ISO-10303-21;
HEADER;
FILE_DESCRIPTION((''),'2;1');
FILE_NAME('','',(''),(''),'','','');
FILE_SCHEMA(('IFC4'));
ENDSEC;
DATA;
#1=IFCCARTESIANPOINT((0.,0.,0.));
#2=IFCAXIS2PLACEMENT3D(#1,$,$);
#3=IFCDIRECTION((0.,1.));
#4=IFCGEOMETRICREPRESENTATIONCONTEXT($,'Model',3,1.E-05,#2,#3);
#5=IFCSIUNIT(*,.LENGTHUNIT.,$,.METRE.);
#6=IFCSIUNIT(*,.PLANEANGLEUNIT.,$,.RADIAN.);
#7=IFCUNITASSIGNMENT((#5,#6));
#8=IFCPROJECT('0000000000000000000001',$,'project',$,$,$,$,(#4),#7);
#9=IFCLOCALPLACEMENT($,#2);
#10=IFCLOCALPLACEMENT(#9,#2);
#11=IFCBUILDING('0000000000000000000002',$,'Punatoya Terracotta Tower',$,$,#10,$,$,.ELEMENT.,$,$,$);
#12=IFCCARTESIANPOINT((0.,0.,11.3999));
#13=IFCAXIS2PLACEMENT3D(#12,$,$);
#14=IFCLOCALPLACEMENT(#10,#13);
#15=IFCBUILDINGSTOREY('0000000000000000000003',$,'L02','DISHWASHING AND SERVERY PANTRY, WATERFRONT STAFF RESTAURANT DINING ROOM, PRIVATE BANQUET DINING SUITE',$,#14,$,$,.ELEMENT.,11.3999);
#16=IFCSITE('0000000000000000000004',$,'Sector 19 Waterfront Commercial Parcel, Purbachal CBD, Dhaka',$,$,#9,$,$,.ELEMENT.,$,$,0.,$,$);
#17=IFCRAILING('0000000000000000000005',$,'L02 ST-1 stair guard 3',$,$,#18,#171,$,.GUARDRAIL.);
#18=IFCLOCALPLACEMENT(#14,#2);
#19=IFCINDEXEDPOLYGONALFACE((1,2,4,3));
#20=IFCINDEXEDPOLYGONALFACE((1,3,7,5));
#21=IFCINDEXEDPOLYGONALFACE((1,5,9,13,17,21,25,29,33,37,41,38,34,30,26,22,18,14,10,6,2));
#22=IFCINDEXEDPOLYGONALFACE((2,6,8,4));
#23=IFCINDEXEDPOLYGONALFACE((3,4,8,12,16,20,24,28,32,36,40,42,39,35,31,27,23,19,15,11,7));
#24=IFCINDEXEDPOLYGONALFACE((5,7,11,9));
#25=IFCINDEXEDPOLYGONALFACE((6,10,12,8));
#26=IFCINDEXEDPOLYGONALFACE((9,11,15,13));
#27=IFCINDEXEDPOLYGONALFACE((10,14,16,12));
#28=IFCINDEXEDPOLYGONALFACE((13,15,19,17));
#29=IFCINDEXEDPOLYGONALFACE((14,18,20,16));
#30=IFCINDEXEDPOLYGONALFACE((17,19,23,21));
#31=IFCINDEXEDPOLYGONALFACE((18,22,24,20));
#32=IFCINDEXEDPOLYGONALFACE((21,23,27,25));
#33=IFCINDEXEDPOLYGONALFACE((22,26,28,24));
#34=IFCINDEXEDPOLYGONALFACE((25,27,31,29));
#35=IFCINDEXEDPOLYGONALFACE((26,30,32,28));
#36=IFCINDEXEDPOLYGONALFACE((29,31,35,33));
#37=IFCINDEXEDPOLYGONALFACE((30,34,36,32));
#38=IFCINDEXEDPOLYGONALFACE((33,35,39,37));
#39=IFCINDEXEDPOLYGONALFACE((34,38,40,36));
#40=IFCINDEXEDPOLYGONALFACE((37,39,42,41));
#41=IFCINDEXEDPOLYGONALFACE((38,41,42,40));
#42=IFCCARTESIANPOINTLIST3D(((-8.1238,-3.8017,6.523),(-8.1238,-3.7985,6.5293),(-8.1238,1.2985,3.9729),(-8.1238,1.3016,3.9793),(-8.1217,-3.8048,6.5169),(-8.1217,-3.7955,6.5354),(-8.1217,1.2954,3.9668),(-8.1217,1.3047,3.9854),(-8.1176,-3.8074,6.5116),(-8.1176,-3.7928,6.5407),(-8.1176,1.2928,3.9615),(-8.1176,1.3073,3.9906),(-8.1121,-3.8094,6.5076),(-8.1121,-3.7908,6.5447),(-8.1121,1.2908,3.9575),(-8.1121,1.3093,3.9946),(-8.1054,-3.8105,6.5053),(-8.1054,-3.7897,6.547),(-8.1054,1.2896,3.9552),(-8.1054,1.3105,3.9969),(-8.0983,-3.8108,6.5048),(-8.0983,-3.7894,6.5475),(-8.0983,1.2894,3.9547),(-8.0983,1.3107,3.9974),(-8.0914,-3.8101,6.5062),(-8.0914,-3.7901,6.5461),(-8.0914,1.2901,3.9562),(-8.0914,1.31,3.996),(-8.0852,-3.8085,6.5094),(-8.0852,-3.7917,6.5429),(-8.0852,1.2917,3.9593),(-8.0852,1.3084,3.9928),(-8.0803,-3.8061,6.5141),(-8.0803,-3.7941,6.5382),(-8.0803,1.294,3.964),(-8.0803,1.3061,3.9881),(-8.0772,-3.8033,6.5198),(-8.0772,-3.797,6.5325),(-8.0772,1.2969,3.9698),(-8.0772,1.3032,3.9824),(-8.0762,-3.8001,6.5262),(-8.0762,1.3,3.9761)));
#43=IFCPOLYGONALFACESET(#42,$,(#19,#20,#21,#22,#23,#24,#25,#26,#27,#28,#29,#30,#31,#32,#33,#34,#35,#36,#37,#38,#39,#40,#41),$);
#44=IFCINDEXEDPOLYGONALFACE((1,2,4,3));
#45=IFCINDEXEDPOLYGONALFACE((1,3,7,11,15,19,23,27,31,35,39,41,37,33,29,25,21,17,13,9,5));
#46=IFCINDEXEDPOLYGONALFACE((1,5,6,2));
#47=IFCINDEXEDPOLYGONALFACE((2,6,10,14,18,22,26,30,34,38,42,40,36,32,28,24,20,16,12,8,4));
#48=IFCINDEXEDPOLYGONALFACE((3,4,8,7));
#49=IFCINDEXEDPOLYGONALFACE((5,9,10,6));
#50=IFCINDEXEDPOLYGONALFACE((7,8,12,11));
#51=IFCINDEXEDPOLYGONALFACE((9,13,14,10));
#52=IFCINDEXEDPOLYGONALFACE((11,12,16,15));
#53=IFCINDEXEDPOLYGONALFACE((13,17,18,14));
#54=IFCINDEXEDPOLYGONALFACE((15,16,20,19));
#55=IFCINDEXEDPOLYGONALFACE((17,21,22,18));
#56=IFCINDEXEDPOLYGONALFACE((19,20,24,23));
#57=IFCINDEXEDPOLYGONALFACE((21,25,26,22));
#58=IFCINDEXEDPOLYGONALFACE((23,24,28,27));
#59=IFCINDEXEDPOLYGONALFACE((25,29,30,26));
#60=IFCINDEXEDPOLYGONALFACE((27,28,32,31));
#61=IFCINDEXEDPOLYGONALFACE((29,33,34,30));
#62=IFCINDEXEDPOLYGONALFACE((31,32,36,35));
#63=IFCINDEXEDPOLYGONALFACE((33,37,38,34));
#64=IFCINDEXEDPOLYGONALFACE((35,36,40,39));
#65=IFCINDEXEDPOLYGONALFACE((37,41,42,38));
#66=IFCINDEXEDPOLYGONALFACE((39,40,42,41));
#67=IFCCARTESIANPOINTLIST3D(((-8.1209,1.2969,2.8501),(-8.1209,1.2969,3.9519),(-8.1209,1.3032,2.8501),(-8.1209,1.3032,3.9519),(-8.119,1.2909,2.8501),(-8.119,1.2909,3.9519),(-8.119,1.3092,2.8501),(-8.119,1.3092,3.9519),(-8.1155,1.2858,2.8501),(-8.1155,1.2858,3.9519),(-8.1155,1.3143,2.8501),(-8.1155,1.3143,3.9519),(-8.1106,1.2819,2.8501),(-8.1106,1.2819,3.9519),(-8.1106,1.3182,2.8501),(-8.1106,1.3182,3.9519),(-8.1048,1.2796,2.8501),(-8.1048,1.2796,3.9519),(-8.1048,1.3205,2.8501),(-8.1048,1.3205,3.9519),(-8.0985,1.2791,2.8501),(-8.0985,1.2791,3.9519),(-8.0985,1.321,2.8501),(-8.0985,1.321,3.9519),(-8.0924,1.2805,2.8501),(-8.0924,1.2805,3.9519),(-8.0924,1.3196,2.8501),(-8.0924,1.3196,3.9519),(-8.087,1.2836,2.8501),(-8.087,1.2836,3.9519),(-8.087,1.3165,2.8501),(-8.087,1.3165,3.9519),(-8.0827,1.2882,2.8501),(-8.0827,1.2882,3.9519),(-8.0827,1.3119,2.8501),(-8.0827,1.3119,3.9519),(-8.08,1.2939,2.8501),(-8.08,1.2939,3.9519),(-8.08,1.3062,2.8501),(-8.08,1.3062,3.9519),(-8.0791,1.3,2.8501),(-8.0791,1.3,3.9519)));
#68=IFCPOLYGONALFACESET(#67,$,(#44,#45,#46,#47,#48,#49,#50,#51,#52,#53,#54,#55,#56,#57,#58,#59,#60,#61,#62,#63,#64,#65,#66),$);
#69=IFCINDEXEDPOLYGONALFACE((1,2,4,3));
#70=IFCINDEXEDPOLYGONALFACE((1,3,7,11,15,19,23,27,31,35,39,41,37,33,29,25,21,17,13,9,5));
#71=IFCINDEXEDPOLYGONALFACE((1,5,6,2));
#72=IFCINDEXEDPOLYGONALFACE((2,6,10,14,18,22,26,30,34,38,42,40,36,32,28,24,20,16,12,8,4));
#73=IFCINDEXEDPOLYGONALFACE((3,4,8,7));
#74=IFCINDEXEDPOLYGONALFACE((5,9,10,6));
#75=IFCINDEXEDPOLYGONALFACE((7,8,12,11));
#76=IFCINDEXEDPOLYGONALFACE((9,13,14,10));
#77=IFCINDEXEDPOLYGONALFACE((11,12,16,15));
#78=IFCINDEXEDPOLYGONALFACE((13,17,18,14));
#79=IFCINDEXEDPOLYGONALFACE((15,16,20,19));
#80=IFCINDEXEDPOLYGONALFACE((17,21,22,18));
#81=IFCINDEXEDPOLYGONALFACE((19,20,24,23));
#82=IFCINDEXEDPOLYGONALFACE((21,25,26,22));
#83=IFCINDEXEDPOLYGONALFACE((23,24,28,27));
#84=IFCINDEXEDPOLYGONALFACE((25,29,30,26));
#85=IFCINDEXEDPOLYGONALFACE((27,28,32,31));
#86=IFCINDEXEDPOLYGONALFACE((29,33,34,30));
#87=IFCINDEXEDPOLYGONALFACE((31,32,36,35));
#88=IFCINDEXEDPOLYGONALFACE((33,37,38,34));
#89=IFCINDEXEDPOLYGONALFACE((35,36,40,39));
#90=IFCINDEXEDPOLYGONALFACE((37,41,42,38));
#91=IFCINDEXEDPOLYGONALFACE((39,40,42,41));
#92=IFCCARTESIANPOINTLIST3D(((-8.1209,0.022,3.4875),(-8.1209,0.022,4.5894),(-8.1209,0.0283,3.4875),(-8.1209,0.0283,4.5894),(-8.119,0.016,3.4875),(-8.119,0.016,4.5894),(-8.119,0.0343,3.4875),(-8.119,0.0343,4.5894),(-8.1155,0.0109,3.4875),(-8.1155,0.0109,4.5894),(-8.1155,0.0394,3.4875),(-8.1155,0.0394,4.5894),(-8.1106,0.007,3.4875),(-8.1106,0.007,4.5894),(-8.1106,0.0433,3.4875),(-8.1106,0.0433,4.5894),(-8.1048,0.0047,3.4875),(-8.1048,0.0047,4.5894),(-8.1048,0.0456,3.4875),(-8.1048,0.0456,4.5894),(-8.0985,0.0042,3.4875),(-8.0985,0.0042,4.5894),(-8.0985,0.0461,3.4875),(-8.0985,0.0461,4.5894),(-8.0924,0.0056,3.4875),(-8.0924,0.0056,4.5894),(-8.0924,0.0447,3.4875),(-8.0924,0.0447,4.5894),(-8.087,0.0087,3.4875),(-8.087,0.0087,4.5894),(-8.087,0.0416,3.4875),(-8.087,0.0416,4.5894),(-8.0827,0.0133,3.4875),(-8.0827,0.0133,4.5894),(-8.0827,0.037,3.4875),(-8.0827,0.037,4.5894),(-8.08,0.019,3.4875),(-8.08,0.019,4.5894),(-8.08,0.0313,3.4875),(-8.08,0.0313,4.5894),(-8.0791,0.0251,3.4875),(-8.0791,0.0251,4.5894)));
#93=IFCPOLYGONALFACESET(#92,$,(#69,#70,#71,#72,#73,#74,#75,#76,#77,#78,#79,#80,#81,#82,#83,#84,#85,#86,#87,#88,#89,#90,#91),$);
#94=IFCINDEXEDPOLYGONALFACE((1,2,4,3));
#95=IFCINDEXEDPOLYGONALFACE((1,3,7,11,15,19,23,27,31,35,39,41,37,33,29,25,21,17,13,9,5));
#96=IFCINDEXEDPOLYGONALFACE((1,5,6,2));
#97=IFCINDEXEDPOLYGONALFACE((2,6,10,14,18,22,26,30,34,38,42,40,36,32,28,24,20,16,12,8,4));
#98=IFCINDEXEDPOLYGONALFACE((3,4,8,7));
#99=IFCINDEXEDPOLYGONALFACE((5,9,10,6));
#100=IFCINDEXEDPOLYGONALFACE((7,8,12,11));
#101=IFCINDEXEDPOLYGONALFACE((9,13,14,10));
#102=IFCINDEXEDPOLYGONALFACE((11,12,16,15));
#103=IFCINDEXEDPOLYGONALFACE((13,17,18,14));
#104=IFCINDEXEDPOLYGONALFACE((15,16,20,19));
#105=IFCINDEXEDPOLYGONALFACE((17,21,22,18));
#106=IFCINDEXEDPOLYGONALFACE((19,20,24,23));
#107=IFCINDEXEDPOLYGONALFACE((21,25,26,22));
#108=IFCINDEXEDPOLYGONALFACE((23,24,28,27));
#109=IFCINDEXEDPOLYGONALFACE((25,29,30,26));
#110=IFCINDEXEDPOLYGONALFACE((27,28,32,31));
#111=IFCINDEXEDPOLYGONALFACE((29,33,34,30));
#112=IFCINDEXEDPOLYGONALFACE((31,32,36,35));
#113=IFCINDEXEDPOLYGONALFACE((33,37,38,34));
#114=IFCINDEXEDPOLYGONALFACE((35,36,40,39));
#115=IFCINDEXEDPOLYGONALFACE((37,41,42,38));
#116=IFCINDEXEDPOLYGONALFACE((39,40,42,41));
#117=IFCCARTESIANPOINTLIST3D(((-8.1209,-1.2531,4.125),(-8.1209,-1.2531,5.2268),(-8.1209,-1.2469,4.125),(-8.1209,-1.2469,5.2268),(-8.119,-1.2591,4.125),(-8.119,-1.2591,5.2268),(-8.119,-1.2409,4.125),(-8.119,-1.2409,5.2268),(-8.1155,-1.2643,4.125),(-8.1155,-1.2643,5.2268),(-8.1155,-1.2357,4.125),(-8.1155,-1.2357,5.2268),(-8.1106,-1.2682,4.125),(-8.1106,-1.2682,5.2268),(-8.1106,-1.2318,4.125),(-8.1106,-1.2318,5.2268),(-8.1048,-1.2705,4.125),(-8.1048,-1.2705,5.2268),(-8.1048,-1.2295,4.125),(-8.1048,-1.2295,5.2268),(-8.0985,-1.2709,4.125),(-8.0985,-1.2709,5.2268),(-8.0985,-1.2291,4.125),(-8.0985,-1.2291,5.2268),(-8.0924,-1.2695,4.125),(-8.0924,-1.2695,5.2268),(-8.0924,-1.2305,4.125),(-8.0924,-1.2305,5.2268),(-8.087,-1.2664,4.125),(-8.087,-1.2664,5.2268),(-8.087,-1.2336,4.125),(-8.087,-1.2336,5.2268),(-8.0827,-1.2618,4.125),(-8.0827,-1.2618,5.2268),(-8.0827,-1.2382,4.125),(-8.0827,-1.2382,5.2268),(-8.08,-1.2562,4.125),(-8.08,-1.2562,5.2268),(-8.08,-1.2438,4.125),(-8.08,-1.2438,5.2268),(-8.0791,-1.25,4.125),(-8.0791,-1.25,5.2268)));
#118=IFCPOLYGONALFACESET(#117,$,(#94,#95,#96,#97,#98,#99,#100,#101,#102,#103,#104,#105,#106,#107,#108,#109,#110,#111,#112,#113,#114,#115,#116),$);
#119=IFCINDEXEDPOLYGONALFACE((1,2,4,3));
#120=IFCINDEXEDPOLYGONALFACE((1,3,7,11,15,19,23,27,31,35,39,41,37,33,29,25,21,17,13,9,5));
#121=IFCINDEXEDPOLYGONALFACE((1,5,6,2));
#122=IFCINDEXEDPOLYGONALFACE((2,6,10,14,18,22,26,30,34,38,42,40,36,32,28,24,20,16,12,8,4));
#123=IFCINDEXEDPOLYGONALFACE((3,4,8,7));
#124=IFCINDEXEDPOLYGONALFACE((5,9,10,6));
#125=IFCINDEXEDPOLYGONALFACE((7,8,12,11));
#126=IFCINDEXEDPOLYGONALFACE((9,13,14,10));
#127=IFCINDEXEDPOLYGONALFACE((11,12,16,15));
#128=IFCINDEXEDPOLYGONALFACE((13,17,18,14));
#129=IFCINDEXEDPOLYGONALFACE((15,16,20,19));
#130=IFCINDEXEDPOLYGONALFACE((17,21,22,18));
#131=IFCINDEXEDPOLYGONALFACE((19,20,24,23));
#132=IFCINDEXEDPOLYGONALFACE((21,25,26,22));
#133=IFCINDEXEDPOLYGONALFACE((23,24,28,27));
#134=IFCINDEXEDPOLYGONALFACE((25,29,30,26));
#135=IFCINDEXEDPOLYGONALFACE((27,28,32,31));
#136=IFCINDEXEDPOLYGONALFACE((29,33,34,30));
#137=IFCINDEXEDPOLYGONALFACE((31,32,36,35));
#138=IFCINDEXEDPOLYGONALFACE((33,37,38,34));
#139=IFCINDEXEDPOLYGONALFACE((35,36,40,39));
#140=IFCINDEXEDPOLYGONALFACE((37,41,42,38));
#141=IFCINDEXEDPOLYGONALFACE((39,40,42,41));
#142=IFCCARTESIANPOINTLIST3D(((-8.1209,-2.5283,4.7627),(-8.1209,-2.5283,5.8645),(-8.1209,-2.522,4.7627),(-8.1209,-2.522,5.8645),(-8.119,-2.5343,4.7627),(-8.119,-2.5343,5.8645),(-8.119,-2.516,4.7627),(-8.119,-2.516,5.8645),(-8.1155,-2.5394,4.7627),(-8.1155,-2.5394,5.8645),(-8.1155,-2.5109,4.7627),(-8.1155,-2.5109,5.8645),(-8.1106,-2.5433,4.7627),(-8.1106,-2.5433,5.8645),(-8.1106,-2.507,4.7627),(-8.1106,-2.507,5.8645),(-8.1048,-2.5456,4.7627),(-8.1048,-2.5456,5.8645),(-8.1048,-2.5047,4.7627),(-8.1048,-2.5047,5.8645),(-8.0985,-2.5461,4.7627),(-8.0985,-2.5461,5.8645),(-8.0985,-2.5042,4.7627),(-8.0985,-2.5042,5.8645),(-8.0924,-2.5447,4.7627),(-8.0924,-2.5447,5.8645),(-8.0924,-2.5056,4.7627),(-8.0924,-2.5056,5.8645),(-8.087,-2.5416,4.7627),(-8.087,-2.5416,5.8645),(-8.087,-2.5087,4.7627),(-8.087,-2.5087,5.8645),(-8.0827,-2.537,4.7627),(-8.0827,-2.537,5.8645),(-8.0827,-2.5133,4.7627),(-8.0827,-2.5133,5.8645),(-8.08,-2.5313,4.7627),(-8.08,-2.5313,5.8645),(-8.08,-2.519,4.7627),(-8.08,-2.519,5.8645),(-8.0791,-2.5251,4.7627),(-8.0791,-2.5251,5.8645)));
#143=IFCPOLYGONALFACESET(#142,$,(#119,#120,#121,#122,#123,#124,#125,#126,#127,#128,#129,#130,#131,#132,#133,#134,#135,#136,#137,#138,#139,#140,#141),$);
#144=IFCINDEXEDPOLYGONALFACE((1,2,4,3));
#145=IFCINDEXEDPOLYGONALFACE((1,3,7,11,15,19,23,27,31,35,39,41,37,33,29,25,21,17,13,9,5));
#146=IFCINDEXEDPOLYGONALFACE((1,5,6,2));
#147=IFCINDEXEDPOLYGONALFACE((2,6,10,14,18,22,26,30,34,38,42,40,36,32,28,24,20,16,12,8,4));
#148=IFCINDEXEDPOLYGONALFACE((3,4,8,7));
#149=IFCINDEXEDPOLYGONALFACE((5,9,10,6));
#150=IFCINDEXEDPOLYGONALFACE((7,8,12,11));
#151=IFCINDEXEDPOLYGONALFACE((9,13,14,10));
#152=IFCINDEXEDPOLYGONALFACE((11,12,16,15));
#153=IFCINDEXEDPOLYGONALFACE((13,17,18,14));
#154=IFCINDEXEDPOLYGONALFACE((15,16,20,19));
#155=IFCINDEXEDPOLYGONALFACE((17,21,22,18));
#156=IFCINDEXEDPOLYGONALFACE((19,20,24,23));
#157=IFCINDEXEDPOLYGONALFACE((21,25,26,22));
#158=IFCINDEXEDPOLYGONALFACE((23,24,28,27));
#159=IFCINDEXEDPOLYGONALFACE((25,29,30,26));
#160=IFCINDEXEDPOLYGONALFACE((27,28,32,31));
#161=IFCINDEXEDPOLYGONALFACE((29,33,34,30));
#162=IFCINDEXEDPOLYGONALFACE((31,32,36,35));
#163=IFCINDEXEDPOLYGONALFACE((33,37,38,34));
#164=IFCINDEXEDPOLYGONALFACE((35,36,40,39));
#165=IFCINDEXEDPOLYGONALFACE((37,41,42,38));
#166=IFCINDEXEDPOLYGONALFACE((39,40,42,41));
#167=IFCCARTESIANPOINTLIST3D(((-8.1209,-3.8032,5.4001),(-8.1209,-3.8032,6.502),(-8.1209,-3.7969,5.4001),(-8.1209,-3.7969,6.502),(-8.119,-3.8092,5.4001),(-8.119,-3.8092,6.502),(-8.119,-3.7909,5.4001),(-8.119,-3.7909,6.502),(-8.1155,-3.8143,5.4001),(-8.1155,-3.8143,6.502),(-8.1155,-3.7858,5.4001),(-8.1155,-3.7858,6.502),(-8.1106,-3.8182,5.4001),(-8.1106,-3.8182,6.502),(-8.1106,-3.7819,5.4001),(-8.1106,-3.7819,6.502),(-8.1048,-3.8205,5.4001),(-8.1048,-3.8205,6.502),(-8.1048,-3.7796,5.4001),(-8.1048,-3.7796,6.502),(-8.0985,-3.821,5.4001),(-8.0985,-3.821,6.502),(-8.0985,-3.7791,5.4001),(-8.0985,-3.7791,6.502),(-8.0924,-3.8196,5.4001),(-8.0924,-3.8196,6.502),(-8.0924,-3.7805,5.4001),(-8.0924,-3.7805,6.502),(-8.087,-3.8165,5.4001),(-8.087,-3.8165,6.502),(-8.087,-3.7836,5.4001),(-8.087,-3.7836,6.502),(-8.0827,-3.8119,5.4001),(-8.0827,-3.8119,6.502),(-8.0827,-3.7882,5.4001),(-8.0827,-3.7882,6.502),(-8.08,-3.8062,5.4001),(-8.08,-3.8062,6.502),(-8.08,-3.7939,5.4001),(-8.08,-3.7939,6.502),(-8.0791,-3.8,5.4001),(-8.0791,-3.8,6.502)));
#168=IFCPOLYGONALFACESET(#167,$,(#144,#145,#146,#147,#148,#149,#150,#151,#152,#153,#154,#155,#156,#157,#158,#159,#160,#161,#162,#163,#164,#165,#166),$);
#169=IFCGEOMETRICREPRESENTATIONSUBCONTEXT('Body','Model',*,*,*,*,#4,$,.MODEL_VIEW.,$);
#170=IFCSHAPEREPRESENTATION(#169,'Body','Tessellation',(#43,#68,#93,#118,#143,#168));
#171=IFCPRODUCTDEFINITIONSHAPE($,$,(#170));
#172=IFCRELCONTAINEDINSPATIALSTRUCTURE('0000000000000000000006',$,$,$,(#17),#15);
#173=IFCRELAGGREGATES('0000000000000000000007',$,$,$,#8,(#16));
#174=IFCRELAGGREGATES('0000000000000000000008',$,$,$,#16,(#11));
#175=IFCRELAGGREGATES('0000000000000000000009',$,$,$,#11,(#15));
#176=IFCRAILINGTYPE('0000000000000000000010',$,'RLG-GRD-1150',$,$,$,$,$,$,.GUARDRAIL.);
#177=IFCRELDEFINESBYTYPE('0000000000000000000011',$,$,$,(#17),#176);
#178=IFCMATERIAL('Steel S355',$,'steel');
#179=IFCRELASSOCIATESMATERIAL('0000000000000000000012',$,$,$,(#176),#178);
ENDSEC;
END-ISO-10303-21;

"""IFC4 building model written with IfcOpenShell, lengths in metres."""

from ifc_helpers import new_model, si_unit, direction, frame, origin, origin_2d, place, context, subcontext, project, spatial, circle, extrude, material, type_object, element, save


model = new_model("IFC4")

# Units and contexts
model_context = context("Model", 3, precision=1e-05, world=origin(), true_north=direction((0.0, 1.0)))
body_context = subcontext(model_context, "Body", "Model", "MODEL_VIEW")
ifc_project = project(units=[si_unit("LENGTHUNIT", "METRE"), si_unit("PLANEANGLEUNIT", "RADIAN")], contexts=[model_context])

# Site, building, storey
site_placement = place(None, origin())
site = spatial("IfcSite", under=ifc_project, at=site_placement, Name="Sector 19 Waterfront Commercial Parcel, Purbachal CBD, Dhaka", CompositionType="ELEMENT", RefElevation=0.0)
building_placement = place(site_placement, origin())
building = spatial("IfcBuilding", under=site, at=building_placement, Name="Punatoya Terracotta Tower", CompositionType="ELEMENT")
storey_placement = place(building_placement, frame((0.0, 0.0, 11.3999)))
storey = spatial("IfcBuildingStorey", under=building, at=storey_placement, Name="L02", Description="DISHWASHING AND SERVERY PANTRY, WATERFRONT STAFF RESTAURANT DINING ROOM, PRIVATE BANQUET DINING SUITE", CompositionType="ELEMENT", Elevation=11.3999)

# Shared definitions
ifc_material_1 = material(Name="Steel S355", Category="steel")

# Railing
railing_type_1 = type_object("IfcRailingType", Name="RLG-GRD-1150", PredefinedType="GUARDRAIL", material=ifc_material_1)
railing_1_placement = place(storey_placement, frame((-8.1001, 1.3, 2.8501)))
element("IfcRailing", 1, at=railing_1_placement, inside=storey, type_object=railing_type_1, Name="L02 ST-1 stair guard 3", PredefinedType="GUARDRAIL", context=body_context, shape_type="SweptSolid", body=[
    extrude(circle(Radius=0.0239, at=origin_2d()), frame((0.0, 0.0, 1.126), z_axis=(0.0, -0.894427, 0.447214), x_axis=(1.0, 0.0, 0.0)), (0.0, 0.0, 1.0), 5.7021),
    extrude(circle(Radius=0.021, at=origin_2d()), origin(), (0.0, 0.0, 1.0), 1.1018),
    extrude(circle(Radius=0.021, at=origin_2d()), frame((0.0, -1.2749, 0.6375)), (0.0, 0.0, 1.0), 1.1018),
    extrude(circle(Radius=0.021, at=origin_2d()), frame((0.0, -2.55, 1.2749)), (0.0, 0.0, 1.0), 1.1018),
    extrude(circle(Radius=0.021, at=origin_2d()), frame((0.0, -3.8252, 1.9126)), (0.0, 0.0, 1.0), 1.1018),
    extrude(circle(Radius=0.021, at=origin_2d()), frame((0.0, -5.1001, 2.55)), (0.0, 0.0, 1.0), 1.1018),
])

save(model, "model.ifc")
